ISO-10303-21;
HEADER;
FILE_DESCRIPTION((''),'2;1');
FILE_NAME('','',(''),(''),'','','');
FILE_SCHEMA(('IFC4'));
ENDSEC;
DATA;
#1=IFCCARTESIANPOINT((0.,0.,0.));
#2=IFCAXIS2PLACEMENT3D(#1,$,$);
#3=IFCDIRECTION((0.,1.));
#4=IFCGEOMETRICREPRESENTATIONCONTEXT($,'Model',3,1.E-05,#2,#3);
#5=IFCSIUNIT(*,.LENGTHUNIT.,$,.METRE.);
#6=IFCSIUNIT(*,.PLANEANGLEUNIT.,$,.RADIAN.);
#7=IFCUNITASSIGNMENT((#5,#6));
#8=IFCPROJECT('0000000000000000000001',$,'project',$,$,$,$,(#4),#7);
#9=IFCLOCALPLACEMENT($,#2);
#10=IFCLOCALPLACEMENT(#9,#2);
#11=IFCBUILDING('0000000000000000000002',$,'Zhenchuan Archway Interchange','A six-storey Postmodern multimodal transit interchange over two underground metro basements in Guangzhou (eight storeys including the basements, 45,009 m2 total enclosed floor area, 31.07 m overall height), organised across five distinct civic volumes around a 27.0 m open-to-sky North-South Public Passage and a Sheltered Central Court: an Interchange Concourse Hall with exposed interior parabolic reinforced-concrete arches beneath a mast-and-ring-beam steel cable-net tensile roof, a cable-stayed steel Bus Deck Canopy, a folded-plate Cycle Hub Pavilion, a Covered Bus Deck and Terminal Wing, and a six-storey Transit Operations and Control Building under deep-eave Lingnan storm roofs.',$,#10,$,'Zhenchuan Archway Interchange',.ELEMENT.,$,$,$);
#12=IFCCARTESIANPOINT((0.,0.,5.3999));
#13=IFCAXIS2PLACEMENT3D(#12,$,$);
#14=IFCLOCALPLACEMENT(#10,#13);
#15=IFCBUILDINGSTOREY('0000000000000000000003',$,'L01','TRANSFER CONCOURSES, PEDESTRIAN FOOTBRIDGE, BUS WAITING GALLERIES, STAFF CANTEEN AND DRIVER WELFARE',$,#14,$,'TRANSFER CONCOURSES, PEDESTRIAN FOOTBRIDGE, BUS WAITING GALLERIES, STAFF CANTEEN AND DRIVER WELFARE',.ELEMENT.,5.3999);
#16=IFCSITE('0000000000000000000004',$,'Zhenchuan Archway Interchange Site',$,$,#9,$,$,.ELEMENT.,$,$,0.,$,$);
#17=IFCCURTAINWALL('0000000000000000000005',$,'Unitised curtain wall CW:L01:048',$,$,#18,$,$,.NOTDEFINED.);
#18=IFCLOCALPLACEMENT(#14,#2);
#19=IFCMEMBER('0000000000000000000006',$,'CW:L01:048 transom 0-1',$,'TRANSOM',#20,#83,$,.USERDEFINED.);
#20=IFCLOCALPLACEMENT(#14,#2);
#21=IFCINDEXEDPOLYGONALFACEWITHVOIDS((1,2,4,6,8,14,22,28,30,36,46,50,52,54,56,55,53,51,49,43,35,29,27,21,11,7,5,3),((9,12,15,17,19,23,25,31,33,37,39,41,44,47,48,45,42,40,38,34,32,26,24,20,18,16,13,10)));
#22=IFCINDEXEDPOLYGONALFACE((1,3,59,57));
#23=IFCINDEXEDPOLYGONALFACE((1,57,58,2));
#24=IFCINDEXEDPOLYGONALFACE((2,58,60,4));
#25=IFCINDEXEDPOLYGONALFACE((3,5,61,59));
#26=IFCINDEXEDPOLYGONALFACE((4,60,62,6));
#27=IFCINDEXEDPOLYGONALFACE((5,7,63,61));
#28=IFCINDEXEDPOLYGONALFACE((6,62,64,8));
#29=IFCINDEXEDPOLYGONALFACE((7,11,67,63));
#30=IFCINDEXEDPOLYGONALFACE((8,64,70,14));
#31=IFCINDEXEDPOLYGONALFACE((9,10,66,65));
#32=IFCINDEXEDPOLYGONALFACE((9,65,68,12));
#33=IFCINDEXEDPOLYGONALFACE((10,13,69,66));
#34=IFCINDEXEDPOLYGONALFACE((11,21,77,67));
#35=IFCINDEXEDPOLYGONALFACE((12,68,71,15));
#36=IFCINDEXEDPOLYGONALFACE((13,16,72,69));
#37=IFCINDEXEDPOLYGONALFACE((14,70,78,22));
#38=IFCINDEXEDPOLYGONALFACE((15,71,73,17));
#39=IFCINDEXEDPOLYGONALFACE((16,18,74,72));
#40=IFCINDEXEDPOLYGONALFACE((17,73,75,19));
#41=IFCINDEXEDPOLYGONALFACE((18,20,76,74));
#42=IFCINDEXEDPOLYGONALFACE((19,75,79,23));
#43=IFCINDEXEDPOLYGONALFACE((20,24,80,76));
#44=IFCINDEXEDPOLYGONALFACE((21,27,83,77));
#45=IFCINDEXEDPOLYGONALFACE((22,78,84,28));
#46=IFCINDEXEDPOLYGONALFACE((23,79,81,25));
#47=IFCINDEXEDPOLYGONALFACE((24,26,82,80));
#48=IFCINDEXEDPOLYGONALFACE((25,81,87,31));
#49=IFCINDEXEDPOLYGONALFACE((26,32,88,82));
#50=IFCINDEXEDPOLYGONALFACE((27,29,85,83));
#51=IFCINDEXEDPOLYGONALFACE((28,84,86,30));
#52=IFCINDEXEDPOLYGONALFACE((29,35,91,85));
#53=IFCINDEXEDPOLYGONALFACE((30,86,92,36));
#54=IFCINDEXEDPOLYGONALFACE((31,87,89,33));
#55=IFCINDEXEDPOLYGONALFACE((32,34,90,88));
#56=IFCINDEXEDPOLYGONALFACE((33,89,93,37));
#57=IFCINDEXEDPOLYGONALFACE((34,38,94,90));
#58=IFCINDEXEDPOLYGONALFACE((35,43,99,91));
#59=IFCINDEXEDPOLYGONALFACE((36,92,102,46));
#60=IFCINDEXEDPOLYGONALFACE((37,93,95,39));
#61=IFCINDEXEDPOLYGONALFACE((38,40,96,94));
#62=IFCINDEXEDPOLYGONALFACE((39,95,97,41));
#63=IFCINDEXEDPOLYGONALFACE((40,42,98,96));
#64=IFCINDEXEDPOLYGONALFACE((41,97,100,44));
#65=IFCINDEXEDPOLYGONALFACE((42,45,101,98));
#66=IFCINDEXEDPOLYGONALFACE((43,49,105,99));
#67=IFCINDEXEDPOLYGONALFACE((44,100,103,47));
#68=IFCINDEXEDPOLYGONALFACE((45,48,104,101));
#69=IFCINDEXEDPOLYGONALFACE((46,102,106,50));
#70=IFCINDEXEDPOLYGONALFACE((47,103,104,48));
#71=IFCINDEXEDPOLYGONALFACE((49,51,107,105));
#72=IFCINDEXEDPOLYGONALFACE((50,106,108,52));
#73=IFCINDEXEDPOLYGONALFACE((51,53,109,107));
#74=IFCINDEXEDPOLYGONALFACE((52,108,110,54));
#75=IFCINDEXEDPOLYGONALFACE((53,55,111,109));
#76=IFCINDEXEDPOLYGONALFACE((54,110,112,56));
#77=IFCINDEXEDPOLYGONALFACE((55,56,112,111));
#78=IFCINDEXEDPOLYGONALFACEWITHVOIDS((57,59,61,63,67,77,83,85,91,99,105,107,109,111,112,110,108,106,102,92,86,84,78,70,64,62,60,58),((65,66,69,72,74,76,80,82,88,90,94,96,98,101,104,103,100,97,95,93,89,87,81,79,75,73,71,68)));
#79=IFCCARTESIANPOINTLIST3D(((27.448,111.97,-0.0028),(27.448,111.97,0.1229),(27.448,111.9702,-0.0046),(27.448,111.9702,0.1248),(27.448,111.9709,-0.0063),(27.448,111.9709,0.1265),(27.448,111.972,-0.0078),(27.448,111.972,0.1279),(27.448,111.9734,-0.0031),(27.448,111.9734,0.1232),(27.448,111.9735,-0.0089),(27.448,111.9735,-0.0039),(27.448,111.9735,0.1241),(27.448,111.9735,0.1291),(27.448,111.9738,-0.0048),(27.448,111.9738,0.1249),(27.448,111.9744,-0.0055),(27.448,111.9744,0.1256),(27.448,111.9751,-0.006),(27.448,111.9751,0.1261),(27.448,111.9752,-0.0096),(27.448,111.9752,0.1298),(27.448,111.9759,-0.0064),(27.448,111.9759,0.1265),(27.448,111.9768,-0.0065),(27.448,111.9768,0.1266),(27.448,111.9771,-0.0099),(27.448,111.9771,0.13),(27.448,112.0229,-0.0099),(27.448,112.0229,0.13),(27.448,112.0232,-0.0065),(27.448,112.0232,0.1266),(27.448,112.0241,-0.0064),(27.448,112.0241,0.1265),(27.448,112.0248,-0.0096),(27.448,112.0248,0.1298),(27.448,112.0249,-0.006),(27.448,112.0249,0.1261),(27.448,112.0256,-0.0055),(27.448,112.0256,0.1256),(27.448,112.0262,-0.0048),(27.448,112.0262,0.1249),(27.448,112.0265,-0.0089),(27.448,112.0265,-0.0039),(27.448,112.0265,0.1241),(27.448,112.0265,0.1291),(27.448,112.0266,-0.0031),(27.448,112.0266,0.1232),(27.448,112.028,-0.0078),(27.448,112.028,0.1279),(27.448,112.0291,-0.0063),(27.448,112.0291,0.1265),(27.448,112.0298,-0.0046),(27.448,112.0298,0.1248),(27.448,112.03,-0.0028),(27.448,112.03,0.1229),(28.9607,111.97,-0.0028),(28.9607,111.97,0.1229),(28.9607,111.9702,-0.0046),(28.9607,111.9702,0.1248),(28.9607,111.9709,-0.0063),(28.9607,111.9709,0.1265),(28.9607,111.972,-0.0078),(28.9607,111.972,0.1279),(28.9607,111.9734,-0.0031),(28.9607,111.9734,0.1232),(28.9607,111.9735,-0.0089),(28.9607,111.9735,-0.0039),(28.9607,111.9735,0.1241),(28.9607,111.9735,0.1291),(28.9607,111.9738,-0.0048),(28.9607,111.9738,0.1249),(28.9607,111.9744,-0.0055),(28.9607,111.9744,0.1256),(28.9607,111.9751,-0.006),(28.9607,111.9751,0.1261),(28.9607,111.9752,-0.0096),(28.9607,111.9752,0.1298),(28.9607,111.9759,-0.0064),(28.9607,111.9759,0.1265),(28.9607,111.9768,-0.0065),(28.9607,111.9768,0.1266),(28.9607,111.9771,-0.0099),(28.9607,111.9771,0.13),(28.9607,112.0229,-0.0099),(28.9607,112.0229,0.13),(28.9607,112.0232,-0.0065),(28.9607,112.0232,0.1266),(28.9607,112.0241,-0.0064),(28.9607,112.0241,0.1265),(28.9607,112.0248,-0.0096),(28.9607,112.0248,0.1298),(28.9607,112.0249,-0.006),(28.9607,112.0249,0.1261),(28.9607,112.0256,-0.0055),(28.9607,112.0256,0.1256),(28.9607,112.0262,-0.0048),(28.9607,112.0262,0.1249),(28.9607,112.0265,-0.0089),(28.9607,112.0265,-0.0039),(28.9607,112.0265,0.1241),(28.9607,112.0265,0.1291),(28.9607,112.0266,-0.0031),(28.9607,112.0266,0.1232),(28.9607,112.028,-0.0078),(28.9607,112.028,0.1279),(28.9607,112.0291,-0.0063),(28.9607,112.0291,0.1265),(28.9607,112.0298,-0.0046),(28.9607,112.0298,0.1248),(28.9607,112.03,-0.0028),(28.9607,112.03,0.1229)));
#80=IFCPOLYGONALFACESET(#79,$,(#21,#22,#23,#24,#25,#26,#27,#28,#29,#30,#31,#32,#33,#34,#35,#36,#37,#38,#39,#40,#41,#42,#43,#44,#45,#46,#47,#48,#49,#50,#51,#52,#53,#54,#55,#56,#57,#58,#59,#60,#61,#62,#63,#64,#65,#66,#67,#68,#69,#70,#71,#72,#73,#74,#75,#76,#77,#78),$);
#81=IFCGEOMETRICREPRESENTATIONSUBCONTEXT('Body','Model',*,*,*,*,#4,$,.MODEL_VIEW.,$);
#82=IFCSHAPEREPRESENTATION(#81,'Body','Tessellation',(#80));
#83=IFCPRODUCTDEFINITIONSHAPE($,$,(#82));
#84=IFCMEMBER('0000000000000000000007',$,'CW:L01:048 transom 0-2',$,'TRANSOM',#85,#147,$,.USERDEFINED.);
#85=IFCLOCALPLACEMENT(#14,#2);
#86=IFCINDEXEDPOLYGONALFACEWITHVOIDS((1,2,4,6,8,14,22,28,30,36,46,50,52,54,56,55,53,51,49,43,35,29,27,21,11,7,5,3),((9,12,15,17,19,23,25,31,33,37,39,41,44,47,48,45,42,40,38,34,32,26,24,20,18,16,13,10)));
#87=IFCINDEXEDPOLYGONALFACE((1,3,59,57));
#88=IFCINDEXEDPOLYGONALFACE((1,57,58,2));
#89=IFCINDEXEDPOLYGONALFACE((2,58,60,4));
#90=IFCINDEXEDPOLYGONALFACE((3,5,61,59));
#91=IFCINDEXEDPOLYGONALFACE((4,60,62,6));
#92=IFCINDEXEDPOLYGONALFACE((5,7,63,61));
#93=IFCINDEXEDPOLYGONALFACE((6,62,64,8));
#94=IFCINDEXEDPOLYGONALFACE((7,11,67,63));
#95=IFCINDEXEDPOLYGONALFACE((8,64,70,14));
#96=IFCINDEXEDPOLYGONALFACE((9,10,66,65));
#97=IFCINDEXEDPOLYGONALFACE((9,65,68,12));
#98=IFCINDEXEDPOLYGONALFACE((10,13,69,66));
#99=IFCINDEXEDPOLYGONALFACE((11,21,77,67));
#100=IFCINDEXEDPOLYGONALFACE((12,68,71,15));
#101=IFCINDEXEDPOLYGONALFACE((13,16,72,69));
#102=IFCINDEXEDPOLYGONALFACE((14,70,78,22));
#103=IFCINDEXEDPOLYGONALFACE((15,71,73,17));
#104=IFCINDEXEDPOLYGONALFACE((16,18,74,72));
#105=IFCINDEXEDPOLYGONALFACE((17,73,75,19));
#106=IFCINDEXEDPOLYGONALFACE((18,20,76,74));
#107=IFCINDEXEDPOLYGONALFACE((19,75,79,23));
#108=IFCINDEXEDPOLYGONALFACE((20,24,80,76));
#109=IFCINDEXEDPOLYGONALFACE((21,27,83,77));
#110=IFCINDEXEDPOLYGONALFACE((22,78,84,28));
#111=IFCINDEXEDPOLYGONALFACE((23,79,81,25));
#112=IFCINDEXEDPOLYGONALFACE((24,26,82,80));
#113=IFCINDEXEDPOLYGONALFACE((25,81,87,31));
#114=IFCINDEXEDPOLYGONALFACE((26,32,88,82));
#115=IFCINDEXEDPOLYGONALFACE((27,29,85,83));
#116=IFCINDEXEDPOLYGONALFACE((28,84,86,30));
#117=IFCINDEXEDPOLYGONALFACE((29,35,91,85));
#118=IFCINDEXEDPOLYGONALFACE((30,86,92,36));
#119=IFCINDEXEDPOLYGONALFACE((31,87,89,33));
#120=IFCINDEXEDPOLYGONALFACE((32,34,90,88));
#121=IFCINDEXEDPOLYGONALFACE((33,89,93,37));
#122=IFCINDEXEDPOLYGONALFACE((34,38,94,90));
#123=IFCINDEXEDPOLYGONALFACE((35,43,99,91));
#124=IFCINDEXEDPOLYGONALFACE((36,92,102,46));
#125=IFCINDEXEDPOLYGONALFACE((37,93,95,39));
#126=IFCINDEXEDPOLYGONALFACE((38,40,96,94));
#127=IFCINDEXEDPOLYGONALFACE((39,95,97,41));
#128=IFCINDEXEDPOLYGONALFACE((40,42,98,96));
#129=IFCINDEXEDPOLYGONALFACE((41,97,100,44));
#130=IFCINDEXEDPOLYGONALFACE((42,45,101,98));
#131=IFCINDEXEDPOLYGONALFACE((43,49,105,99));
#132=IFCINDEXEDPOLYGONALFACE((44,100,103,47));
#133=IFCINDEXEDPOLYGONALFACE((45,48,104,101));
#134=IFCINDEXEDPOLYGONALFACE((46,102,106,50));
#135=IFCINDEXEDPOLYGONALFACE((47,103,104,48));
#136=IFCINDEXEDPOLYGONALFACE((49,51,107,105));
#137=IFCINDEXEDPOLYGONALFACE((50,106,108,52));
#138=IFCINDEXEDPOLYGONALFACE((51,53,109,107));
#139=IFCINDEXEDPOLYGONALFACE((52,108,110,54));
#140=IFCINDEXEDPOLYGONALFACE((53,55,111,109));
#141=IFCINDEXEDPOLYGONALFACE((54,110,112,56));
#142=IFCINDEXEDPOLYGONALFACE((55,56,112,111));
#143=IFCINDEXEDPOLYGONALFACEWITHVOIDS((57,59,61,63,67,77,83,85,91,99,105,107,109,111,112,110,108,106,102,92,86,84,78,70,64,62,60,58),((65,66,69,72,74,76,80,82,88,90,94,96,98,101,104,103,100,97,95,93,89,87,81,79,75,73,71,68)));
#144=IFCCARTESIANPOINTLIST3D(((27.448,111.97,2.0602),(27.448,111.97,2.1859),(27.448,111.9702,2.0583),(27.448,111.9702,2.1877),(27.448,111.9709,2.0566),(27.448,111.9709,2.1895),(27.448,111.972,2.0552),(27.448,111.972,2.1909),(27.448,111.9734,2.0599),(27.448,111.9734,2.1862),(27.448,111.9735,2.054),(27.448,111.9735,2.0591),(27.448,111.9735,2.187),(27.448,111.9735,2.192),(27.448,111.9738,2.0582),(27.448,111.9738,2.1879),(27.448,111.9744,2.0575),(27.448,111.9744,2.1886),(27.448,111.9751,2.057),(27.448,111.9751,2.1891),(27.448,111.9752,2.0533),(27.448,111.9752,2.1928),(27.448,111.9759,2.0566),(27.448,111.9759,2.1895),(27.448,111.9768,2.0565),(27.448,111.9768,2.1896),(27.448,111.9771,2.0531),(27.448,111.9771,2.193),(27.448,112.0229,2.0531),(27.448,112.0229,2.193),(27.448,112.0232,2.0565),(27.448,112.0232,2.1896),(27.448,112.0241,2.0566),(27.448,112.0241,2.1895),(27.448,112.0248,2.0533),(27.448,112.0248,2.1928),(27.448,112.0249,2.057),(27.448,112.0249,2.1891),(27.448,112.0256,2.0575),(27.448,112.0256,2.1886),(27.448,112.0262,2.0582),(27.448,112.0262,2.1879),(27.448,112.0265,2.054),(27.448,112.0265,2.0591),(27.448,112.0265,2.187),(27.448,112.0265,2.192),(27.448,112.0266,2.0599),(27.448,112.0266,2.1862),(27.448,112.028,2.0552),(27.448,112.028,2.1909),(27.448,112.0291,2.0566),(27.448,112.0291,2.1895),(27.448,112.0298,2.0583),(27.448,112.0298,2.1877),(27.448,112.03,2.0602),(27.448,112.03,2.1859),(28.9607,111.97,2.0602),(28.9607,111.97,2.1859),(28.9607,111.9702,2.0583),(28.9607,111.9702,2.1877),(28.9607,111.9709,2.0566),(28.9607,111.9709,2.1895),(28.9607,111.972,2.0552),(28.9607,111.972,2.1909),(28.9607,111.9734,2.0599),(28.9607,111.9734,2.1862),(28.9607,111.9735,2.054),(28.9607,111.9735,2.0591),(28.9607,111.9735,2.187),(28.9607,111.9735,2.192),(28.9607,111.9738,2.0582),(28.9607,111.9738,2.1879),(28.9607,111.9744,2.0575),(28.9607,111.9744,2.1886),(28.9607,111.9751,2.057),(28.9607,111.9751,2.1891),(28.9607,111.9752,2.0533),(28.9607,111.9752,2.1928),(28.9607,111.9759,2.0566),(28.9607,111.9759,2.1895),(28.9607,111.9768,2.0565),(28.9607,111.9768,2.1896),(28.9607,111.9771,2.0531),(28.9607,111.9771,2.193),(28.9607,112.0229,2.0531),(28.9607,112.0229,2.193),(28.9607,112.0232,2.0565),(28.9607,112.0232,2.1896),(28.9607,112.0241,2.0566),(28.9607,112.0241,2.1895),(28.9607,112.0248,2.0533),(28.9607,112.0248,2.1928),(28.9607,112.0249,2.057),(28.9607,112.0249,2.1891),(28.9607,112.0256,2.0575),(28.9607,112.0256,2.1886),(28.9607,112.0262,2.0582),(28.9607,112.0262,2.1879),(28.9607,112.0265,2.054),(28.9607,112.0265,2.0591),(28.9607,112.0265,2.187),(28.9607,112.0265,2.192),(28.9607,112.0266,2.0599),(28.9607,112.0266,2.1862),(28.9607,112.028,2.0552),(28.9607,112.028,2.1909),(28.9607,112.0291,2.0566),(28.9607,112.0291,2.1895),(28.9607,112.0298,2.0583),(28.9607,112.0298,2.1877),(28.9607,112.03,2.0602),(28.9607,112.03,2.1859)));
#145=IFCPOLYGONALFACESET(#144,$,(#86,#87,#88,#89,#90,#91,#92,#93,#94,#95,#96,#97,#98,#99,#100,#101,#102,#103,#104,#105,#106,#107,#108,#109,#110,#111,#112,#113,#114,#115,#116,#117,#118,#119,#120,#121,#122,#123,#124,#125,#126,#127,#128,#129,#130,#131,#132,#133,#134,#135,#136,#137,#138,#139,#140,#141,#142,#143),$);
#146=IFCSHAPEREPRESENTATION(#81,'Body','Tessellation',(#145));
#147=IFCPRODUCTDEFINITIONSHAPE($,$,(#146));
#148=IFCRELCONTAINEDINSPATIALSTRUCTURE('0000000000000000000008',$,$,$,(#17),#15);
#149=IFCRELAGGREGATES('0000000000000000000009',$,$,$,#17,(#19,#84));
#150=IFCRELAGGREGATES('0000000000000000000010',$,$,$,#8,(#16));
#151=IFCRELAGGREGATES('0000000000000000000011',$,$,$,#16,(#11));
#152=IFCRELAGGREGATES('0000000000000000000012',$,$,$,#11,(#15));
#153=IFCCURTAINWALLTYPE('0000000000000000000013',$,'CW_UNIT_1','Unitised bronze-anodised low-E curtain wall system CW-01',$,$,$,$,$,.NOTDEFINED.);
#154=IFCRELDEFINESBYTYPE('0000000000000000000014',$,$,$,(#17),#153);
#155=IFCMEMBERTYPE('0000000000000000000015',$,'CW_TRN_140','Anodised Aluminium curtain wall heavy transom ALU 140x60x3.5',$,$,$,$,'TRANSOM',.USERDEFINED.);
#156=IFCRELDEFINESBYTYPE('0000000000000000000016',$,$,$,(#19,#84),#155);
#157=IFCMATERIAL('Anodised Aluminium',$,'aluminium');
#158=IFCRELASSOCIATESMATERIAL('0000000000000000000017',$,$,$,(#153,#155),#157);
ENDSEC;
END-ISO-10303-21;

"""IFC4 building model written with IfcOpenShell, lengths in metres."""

from ifc_helpers import new_model, si_unit, direction, frame, origin, origin_2d, place, context, subcontext, project, spatial, hollow_rectangle, extrude, material, material_profile, profile_set, type_object, element, aggregate, save


model = new_model("IFC4")

# Units and contexts
model_context = context("Model", 3, precision=1e-05, world=origin(), true_north=direction((0.0, 1.0)))
body_context = subcontext(model_context, "Body", "Model", "MODEL_VIEW")
ifc_project = project(units=[si_unit("LENGTHUNIT", "METRE"), si_unit("PLANEANGLEUNIT", "RADIAN")], contexts=[model_context])

# Site, building, storey
site_placement = place(None, origin())
site = spatial("IfcSite", under=ifc_project, at=site_placement, Name="Zhenchuan Archway Interchange Site", CompositionType="ELEMENT", RefElevation=0.0)
building_placement = place(site_placement, origin())
building = spatial("IfcBuilding", under=site, at=building_placement, Name="Zhenchuan Archway Interchange", Description="A six-storey Postmodern multimodal transit interchange over two underground metro basements in Guangzhou (eight storeys including the basements, 45,009 m2 total enclosed floor area, 31.07 m overall height), organised across five distinct civic volumes around a 27.0 m open-to-sky North-South Public Passage and a Sheltered Central Court: an Interchange Concourse Hall with exposed interior parabolic reinforced-concrete arches beneath a mast-and-ring-beam steel cable-net tensile roof, a cable-stayed steel Bus Deck Canopy, a folded-plate Cycle Hub Pavilion, a Covered Bus Deck and Terminal Wing, and a six-storey Transit Operations and Control Building under deep-eave Lingnan storm roofs.", LongName="Zhenchuan Archway Interchange", CompositionType="ELEMENT")
storey_placement = place(building_placement, frame((0.0, 0.0, 5.3999)))
storey = spatial("IfcBuildingStorey", under=building, at=storey_placement, Name="L01", Description="TRANSFER CONCOURSES, PEDESTRIAN FOOTBRIDGE, BUS WAITING GALLERIES, STAFF CANTEEN AND DRIVER WELFARE", LongName="TRANSFER CONCOURSES, PEDESTRIAN FOOTBRIDGE, BUS WAITING GALLERIES, STAFF CANTEEN AND DRIVER WELFARE", CompositionType="ELEMENT", Elevation=5.3999)

# Curtain wall
ifc_material_1 = material(Name="Anodised Aluminium", Category="aluminium")
curtain_wall_type_1 = type_object("IfcCurtainWallType", Name="CW_UNIT_1", Description="Unitised bronze-anodised low-E curtain wall system CW-01", PredefinedType="NOTDEFINED", material=ifc_material_1)
curtain_wall_1_placement = place(storey_placement, origin())
curtain_wall_1 = element("IfcCurtainWall", 1, at=curtain_wall_1_placement, inside=storey, type_object=curtain_wall_type_1, Name="Unitised curtain wall CW:L01:048", PredefinedType="NOTDEFINED")

# Members
ifc_material_profile_1 = material_profile(ifc_material_1, hollow_rectangle(XDim=0.0601, YDim=0.1399, WallThickness=0.0034, InnerFilletRadius=0.0034, OuterFilletRadius=0.0071, at=origin_2d()), Name="ALU 140x60x3.5")
ifc_profile_set_1 = profile_set([ifc_material_profile_1], Name="Anodised Aluminium")
member_type_1 = type_object("IfcMemberType", Name="CW_TRN_140", Description="Anodised Aluminium curtain wall heavy transom ALU 140x60x3.5", ElementType="TRANSOM", PredefinedType="USERDEFINED", material=ifc_profile_set_1)
member_1_placement = place(storey_placement, frame((27.448, 112.0, 0.0601), z_axis=(1.0, 0.0, 0.0), x_axis=(0.0, 1.0, 0.0)))
member_1 = element("IfcMember", 2, at=member_1_placement, type_object=member_type_1, Name="CW:L01:048 transom 0-1", ObjectType="TRANSOM", PredefinedType="USERDEFINED", context=body_context, shape_type="SweptSolid", body=[
    extrude(hollow_rectangle(XDim=0.0601, YDim=0.1399, WallThickness=0.0034, InnerFilletRadius=0.0034, OuterFilletRadius=0.0071, at=origin_2d()), origin(), (0.0, 0.0, 1.0), 1.5127),
])
member_2_placement = place(storey_placement, frame((27.448, 112.0, 2.123), z_axis=(1.0, 0.0, 0.0), x_axis=(0.0, 1.0, 0.0)))
member_2 = element("IfcMember", 3, at=member_2_placement, type_object=member_type_1, Name="CW:L01:048 transom 0-2", ObjectType="TRANSOM", PredefinedType="USERDEFINED", context=body_context, shape_type="SweptSolid", body=[
    extrude(hollow_rectangle(XDim=0.0601, YDim=0.1399, WallThickness=0.0034, InnerFilletRadius=0.0034, OuterFilletRadius=0.0071, at=origin_2d()), origin(), (0.0, 0.0, 1.0), 1.5127),
])

aggregate(curtain_wall_1, [member_1, member_2])

save(model, "model.ifc")
